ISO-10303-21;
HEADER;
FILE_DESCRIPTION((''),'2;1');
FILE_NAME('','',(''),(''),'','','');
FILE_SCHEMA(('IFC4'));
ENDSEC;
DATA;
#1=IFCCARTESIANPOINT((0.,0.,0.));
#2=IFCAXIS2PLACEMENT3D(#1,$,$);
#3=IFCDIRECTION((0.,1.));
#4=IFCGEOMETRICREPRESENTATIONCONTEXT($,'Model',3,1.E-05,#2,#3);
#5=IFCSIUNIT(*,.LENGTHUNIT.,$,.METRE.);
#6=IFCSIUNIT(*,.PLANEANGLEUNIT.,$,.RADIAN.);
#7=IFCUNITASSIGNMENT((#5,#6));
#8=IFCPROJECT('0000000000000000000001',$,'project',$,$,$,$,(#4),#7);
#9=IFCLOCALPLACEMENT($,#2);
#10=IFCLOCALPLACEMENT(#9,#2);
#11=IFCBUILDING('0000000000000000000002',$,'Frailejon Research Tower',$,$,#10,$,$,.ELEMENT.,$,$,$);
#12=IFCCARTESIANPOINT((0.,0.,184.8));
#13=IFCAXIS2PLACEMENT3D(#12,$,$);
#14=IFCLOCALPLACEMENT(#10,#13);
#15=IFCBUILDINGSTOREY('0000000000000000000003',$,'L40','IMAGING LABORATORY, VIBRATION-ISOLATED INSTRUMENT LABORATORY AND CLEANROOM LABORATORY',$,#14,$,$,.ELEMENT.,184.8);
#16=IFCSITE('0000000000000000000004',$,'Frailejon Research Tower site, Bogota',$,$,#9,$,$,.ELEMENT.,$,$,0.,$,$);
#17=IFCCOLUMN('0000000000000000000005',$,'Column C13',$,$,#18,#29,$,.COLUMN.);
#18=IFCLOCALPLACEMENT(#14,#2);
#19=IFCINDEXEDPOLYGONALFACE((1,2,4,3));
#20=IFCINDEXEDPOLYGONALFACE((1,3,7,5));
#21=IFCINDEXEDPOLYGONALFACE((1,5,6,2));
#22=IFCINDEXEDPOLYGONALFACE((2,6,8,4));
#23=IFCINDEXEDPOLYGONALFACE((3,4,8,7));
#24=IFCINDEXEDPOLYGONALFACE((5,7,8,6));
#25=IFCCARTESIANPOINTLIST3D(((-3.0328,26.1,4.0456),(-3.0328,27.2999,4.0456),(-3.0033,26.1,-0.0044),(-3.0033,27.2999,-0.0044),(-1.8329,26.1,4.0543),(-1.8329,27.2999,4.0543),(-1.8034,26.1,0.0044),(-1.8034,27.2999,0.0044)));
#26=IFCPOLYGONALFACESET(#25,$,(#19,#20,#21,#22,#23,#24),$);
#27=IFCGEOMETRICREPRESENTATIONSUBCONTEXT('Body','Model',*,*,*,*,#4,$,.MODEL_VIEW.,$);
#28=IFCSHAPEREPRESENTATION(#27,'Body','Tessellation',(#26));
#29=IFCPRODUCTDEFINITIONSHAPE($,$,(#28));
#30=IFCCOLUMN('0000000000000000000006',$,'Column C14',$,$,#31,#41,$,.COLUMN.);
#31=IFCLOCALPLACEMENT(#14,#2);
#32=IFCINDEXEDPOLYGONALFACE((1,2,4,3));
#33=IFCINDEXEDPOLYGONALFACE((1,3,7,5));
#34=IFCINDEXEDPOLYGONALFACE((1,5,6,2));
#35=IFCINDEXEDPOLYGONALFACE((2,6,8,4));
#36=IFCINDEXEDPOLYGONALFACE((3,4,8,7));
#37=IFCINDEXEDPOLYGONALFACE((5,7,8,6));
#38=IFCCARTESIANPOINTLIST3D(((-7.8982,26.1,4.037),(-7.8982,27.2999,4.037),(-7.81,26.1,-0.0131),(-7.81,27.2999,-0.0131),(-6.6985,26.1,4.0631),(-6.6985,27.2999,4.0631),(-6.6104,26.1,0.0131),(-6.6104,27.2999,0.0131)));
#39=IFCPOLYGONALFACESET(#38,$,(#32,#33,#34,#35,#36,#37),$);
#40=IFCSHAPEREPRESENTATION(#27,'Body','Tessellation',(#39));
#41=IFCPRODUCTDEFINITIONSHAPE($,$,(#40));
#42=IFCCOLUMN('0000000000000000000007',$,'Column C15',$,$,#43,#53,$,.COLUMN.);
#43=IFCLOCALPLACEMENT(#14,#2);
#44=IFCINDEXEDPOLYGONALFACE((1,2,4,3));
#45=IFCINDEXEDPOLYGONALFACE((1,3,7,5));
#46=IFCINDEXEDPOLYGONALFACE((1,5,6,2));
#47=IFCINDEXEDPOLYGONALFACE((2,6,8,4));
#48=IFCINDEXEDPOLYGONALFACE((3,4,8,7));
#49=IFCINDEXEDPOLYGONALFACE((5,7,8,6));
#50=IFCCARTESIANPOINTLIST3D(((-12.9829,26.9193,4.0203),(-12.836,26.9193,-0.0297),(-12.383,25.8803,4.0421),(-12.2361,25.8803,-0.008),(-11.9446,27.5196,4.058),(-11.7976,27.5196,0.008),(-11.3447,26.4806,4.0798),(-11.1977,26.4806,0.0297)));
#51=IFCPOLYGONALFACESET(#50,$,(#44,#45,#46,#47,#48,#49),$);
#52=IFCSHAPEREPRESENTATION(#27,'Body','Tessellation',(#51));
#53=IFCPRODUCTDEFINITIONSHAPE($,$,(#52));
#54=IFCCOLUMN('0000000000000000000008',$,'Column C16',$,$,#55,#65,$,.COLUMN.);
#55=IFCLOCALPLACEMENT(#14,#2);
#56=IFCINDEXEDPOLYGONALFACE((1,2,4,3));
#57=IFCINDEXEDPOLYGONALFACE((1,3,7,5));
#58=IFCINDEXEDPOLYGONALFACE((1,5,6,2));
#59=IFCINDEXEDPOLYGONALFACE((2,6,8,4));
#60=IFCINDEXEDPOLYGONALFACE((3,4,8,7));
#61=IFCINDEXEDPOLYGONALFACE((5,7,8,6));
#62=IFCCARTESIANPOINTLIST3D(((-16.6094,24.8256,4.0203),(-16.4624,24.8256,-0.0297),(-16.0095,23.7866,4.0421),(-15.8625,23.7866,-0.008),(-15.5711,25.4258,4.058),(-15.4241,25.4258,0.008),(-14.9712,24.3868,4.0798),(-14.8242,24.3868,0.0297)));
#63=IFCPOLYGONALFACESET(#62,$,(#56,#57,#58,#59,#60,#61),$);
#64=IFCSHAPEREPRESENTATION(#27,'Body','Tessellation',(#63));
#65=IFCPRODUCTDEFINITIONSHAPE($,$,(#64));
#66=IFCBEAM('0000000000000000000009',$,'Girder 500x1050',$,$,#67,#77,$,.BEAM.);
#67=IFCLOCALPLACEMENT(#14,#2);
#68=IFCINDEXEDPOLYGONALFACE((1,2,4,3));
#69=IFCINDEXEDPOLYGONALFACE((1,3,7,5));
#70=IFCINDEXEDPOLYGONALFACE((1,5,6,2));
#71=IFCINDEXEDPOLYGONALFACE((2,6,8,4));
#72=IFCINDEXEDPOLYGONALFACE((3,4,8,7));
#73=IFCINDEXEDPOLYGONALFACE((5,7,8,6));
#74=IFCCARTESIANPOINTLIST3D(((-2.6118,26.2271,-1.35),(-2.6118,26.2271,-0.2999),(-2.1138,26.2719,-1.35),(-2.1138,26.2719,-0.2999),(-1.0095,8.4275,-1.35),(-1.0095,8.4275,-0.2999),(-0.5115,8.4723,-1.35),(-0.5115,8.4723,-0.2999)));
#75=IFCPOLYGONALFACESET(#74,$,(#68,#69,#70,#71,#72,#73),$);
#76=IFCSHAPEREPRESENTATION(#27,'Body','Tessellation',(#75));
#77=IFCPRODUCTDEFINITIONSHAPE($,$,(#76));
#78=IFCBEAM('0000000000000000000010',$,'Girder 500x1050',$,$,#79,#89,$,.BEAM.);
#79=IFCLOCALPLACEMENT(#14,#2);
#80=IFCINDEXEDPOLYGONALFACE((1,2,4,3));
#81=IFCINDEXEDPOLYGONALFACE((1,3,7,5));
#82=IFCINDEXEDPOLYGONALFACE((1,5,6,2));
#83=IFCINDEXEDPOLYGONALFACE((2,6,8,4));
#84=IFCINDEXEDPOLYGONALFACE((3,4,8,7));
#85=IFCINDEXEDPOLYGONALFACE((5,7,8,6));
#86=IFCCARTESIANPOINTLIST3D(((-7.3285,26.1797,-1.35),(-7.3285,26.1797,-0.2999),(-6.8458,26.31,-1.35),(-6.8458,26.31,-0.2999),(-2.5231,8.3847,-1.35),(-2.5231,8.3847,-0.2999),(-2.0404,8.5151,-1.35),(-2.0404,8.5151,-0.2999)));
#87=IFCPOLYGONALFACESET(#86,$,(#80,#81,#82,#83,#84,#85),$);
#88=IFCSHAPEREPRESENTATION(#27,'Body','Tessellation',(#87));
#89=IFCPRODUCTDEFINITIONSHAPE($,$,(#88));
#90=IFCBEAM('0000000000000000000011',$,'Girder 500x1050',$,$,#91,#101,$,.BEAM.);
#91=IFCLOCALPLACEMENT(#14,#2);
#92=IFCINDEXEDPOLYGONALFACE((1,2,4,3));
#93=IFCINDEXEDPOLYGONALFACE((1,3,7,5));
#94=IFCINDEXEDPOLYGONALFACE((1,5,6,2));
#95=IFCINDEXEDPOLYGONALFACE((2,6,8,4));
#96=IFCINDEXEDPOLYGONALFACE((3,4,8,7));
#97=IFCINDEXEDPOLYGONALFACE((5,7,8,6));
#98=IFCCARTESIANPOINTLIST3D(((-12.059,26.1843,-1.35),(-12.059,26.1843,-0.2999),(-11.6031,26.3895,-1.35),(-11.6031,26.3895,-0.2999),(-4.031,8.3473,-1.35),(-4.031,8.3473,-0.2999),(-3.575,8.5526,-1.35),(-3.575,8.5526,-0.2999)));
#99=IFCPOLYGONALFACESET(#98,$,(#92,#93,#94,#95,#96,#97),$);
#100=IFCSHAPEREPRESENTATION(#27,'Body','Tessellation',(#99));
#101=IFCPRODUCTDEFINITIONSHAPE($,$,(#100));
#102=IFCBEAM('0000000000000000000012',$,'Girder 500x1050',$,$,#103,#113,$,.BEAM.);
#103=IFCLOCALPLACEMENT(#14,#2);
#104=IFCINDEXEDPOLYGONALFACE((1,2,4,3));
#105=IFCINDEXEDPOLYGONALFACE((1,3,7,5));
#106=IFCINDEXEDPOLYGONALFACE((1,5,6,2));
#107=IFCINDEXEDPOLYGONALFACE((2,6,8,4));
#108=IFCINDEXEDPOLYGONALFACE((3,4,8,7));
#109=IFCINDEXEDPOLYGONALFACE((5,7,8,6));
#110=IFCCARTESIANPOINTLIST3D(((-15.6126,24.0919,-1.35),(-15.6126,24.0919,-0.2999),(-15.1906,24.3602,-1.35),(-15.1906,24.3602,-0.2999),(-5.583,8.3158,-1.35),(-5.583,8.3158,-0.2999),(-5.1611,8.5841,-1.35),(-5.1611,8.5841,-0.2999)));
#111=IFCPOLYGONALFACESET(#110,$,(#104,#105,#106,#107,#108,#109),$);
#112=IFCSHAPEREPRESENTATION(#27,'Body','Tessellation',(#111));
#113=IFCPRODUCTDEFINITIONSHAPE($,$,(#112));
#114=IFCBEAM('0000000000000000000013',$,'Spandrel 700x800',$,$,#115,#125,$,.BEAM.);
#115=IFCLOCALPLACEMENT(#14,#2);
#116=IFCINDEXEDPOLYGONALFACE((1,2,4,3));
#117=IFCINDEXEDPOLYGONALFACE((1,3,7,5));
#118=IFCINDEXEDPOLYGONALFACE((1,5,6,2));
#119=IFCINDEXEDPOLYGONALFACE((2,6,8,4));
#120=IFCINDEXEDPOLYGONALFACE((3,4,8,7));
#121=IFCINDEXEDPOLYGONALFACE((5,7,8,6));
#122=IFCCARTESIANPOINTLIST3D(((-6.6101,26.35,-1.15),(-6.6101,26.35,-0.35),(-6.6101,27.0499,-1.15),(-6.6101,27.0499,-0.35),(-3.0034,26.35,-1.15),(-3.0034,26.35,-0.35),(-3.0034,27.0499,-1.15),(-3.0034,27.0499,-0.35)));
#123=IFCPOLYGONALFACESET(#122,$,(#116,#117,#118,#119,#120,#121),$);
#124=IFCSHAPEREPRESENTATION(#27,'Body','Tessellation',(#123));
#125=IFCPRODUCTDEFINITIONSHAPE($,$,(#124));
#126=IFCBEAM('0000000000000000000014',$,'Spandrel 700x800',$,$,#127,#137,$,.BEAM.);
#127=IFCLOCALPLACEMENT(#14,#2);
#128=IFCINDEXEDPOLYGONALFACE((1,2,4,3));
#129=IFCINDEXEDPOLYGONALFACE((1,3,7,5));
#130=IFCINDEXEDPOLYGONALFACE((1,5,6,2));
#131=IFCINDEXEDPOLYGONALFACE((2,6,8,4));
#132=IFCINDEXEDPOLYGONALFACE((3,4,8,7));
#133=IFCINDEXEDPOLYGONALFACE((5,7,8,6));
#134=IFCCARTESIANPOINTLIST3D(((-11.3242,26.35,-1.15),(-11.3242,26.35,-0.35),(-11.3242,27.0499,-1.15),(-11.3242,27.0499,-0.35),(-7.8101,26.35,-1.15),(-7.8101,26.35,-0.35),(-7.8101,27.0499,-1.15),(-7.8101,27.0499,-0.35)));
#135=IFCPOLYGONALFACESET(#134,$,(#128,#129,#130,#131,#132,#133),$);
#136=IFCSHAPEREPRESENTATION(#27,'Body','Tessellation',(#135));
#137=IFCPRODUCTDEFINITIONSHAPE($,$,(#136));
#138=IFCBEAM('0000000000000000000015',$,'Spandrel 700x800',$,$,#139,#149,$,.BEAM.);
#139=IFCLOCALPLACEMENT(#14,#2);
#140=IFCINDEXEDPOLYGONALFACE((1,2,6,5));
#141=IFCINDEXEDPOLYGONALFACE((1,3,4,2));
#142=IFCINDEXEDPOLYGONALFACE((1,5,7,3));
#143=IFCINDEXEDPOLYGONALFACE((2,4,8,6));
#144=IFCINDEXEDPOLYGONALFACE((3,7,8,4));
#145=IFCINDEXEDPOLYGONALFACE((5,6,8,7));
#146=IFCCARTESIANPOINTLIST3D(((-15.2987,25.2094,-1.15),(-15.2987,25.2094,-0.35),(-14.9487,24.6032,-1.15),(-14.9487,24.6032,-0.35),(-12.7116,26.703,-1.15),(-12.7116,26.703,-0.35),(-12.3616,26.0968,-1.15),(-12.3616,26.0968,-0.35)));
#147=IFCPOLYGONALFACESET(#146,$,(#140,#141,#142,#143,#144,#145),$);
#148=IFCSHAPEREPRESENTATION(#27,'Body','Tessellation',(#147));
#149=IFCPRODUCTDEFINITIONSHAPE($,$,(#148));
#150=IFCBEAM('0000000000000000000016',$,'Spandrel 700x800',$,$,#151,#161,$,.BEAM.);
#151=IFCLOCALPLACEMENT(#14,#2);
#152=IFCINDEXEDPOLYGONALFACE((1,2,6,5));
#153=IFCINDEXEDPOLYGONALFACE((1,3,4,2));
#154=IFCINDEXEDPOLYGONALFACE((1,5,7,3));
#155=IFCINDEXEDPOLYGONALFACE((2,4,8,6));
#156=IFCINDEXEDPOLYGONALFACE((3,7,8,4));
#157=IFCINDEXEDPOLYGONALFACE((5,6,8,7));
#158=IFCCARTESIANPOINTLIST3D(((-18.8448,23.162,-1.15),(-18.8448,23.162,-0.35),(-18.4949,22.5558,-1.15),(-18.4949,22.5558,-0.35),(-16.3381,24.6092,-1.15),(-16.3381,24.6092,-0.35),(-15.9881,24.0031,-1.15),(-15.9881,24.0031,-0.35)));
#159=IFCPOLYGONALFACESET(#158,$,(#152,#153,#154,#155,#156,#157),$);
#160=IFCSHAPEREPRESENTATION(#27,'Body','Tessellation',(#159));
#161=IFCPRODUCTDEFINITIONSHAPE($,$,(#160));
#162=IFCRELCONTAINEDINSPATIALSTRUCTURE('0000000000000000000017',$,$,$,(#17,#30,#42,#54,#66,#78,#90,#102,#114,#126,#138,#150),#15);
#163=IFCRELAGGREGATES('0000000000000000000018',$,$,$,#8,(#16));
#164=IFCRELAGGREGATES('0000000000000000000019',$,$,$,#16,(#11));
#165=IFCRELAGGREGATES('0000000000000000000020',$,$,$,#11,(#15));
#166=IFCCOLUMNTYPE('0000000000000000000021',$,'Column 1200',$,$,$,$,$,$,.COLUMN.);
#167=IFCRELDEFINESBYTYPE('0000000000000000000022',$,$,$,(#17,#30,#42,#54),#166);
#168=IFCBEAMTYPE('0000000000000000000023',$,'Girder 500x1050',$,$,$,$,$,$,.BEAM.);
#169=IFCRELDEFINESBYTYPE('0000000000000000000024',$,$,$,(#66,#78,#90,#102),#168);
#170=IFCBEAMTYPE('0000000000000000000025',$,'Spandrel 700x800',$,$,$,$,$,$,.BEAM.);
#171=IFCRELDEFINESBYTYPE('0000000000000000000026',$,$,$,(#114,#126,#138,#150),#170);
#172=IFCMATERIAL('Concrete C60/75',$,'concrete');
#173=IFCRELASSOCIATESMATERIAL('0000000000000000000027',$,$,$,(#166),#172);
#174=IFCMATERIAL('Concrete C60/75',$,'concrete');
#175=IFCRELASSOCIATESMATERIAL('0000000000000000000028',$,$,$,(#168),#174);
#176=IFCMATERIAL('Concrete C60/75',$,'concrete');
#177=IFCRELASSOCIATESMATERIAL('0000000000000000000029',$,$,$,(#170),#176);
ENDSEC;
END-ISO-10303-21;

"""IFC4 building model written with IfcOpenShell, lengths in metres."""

from ifc_helpers import new_model, si_unit, direction, frame, origin, origin_2d, place, context, subcontext, project, spatial, rectangle, extrude, material, material_profile, profile_set, type_object, element, save


model = new_model("IFC4")

# Units and contexts
model_context = context("Model", 3, precision=1e-05, world=origin(), true_north=direction((0.0, 1.0)))
body_context = subcontext(model_context, "Body", "Model", "MODEL_VIEW")
ifc_project = project(units=[si_unit("LENGTHUNIT", "METRE"), si_unit("PLANEANGLEUNIT", "RADIAN")], contexts=[model_context])

# Site, building, storey
site_placement = place(None, origin())
site = spatial("IfcSite", under=ifc_project, at=site_placement, Name="Frailejon Research Tower site, Bogota", CompositionType="ELEMENT", RefElevation=0.0)
building_placement = place(site_placement, origin())
building = spatial("IfcBuilding", under=site, at=building_placement, Name="Frailejon Research Tower", CompositionType="ELEMENT")
storey_placement = place(building_placement, frame((0.0, 0.0, 184.8)))
storey = spatial("IfcBuildingStorey", under=building, at=storey_placement, Name="L40", Description="IMAGING LABORATORY, VIBRATION-ISOLATED INSTRUMENT LABORATORY AND CLEANROOM LABORATORY", CompositionType="ELEMENT", Elevation=184.8)

# Columns
ifc_material_1 = material(Name="Concrete C60/75", Category="concrete")
ifc_material_profile_1 = material_profile(ifc_material_1, rectangle(XDim=1.2, YDim=1.2, at=origin_2d()), Name="Column 1200")
ifc_profile_set_1 = profile_set([ifc_material_profile_1], Name="Concrete C60/75")
column_type = type_object("IfcColumnType", Name="Column 1200", PredefinedType="COLUMN", material=ifc_profile_set_1)
column_1_placement = place(storey_placement, frame((-2.4033, 26.7, 0.0), z_axis=(-0.007294, 0.0, 0.999973), x_axis=(-0.999973, 0.0, -0.007294)))
element("IfcColumn", 1, at=column_1_placement, inside=storey, type_object=column_type, Name="Column C13", PredefinedType="COLUMN", context=body_context, shape_type="SweptSolid", body=[
    extrude(rectangle(XDim=1.2, YDim=1.2, at=origin_2d()), origin(), (0.0, 0.0, 1.0), 4.05),
])
column_2_placement = place(storey_placement, frame((-7.2102, 26.7, 0.0), z_axis=(-0.021756, 0.0, 0.999763), x_axis=(-0.999763, 0.0, -0.021756)))
element("IfcColumn", 2, at=column_2_placement, inside=storey, type_object=column_type, Name="Column C14", PredefinedType="COLUMN", context=body_context, shape_type="SweptSolid", body=[
    extrude(rectangle(XDim=1.2, YDim=1.2, at=origin_2d()), origin(), (0.0, 0.0, 1.0), 4.051),
])
for number, where, z_axis, x_axis, name in (
    (3, (-12.0168, 26.7, 0.0), (-0.036265, 0.0, 0.999342), (-0.865314, -0.500246, -0.031401), "Column C15"),
    (4, (-15.6433, 24.6062, 0.0), (-0.036265, 0.0, 0.999342), (-0.865314, -0.500246, -0.031401), "Column C16"),
):
    element("IfcColumn", number, at=place(storey_placement, frame(where, z_axis=z_axis, x_axis=x_axis)), inside=storey, type_object=column_type, Name=name, PredefinedType="COLUMN", context=body_context, shape_type="SweptSolid", body=[
        extrude(rectangle(XDim=1.2, YDim=1.2, at=origin_2d()), origin(), (0.0, 0.0, 1.0), 4.0527),
    ])

# Beams
ifc_material_2 = material(Name="Concrete C60/75", Category="concrete")
ifc_material_profile_2 = material_profile(ifc_material_2, rectangle(XDim=0.5, YDim=1.05, at=origin_2d()), Name="Girder 500x1050")
ifc_profile_set_2 = profile_set([ifc_material_profile_2], Name="Concrete C60/75")
beam_type_1 = type_object("IfcBeamType", Name="Girder 500x1050", PredefinedType="BEAM", material=ifc_profile_set_2)
beam_1_placement = place(storey_placement, frame((-2.3628, 26.2495, -0.825), z_axis=(0.089656, -0.995973, 0.0), x_axis=(0.995973, 0.089656, 0.0)))
element("IfcBeam", 5, at=beam_1_placement, inside=storey, type_object=beam_type_1, Name="Girder 500x1050", PredefinedType="BEAM", context=body_context, shape_type="SweptSolid", body=[
    extrude(rectangle(XDim=0.5, YDim=1.05, at=origin_2d()), origin(), (0.0, 0.0, 1.0), 17.8716),
])
beam_2_placement = place(storey_placement, frame((-7.0872, 26.2449, -0.825), z_axis=(0.260706, -0.965418, 0.0), x_axis=(0.965418, 0.260706, 0.0)))
element("IfcBeam", 6, at=beam_2_placement, inside=storey, type_object=beam_type_1, Name="Girder 500x1050", PredefinedType="BEAM", context=body_context, shape_type="SweptSolid", body=[
    extrude(rectangle(XDim=0.5, YDim=1.05, at=origin_2d()), origin(), (0.0, 0.0, 1.0), 18.4324),
])
beam_3_placement = place(storey_placement, frame((-11.8311, 26.2869, -0.825), z_axis=(0.410427, -0.911893, 0.0), x_axis=(0.911893, 0.410427, 0.0)))
element("IfcBeam", 7, at=beam_3_placement, inside=storey, type_object=beam_type_1, Name="Girder 500x1050", PredefinedType="BEAM", context=body_context, shape_type="SweptSolid", body=[
    extrude(rectangle(XDim=0.5, YDim=1.05, at=origin_2d()), origin(), (0.0, 0.0, 1.0), 19.5603),
])
beam_4_placement = place(storey_placement, frame((-15.4016, 24.2261, -0.825), z_axis=(0.536502, -0.843899, 0.0), x_axis=(0.843899, 0.536502, 0.0)))
element("IfcBeam", 8, at=beam_4_placement, inside=storey, type_object=beam_type_1, Name="Girder 500x1050", PredefinedType="BEAM", context=body_context, shape_type="SweptSolid", body=[
    extrude(rectangle(XDim=0.5, YDim=1.05, at=origin_2d()), origin(), (0.0, 0.0, 1.0), 18.6943),
])
ifc_material_3 = material(Name="Concrete C60/75", Category="concrete")
ifc_material_profile_3 = material_profile(ifc_material_3, rectangle(XDim=0.7, YDim=0.8, at=origin_2d()), Name="Spandrel 700x800")
ifc_profile_set_3 = profile_set([ifc_material_profile_3], Name="Concrete C60/75")
beam_type_2 = type_object("IfcBeamType", Name="Spandrel 700x800", PredefinedType="BEAM", material=ifc_profile_set_3)
beam_5_placement = place(storey_placement, frame((-3.0034, 26.7, -0.75), z_axis=(-1.0, 0.0, 0.0), x_axis=(0.0, -1.0, 0.0)))
element("IfcBeam", 9, at=beam_5_placement, inside=storey, type_object=beam_type_2, Name="Spandrel 700x800", PredefinedType="BEAM", context=body_context, shape_type="SweptSolid", body=[
    extrude(rectangle(XDim=0.7, YDim=0.8, at=origin_2d()), origin(), (0.0, 0.0, 1.0), 3.6067),
])
beam_6_placement = place(storey_placement, frame((-7.8101, 26.7, -0.75), z_axis=(-1.0, 0.0, 0.0), x_axis=(0.0, -1.0, 0.0)))
element("IfcBeam", 10, at=beam_6_placement, inside=storey, type_object=beam_type_2, Name="Spandrel 700x800", PredefinedType="BEAM", context=body_context, shape_type="SweptSolid", body=[
    extrude(rectangle(XDim=0.7, YDim=0.8, at=origin_2d()), origin(), (0.0, 0.0, 1.0), 3.5142),
])
beam_7_placement = place(storey_placement, frame((-12.5366, 26.3999, -0.75), z_axis=(-0.866032, -0.499989, 0.0), x_axis=(0.499989, -0.866032, 0.0)))
element("IfcBeam", 11, at=beam_7_placement, inside=storey, type_object=beam_type_2, Name="Spandrel 700x800", PredefinedType="BEAM", context=body_context, shape_type="SweptSolid", body=[
    extrude(rectangle(XDim=0.7, YDim=0.8, at=origin_2d()), origin(), (0.0, 0.0, 1.0), 2.9873),
])
beam_8_placement = place(storey_placement, frame((-16.1631, 24.3062, -0.75), z_axis=(-0.866034, -0.499985, 0.0), x_axis=(0.499985, -0.866034, 0.0)))
element("IfcBeam", 12, at=beam_8_placement, inside=storey, type_object=beam_type_2, Name="Spandrel 700x800", PredefinedType="BEAM", context=body_context, shape_type="SweptSolid", body=[
    extrude(rectangle(XDim=0.7, YDim=0.8, at=origin_2d()), origin(), (0.0, 0.0, 1.0), 2.8945),
])

save(model, "model.ifc")
